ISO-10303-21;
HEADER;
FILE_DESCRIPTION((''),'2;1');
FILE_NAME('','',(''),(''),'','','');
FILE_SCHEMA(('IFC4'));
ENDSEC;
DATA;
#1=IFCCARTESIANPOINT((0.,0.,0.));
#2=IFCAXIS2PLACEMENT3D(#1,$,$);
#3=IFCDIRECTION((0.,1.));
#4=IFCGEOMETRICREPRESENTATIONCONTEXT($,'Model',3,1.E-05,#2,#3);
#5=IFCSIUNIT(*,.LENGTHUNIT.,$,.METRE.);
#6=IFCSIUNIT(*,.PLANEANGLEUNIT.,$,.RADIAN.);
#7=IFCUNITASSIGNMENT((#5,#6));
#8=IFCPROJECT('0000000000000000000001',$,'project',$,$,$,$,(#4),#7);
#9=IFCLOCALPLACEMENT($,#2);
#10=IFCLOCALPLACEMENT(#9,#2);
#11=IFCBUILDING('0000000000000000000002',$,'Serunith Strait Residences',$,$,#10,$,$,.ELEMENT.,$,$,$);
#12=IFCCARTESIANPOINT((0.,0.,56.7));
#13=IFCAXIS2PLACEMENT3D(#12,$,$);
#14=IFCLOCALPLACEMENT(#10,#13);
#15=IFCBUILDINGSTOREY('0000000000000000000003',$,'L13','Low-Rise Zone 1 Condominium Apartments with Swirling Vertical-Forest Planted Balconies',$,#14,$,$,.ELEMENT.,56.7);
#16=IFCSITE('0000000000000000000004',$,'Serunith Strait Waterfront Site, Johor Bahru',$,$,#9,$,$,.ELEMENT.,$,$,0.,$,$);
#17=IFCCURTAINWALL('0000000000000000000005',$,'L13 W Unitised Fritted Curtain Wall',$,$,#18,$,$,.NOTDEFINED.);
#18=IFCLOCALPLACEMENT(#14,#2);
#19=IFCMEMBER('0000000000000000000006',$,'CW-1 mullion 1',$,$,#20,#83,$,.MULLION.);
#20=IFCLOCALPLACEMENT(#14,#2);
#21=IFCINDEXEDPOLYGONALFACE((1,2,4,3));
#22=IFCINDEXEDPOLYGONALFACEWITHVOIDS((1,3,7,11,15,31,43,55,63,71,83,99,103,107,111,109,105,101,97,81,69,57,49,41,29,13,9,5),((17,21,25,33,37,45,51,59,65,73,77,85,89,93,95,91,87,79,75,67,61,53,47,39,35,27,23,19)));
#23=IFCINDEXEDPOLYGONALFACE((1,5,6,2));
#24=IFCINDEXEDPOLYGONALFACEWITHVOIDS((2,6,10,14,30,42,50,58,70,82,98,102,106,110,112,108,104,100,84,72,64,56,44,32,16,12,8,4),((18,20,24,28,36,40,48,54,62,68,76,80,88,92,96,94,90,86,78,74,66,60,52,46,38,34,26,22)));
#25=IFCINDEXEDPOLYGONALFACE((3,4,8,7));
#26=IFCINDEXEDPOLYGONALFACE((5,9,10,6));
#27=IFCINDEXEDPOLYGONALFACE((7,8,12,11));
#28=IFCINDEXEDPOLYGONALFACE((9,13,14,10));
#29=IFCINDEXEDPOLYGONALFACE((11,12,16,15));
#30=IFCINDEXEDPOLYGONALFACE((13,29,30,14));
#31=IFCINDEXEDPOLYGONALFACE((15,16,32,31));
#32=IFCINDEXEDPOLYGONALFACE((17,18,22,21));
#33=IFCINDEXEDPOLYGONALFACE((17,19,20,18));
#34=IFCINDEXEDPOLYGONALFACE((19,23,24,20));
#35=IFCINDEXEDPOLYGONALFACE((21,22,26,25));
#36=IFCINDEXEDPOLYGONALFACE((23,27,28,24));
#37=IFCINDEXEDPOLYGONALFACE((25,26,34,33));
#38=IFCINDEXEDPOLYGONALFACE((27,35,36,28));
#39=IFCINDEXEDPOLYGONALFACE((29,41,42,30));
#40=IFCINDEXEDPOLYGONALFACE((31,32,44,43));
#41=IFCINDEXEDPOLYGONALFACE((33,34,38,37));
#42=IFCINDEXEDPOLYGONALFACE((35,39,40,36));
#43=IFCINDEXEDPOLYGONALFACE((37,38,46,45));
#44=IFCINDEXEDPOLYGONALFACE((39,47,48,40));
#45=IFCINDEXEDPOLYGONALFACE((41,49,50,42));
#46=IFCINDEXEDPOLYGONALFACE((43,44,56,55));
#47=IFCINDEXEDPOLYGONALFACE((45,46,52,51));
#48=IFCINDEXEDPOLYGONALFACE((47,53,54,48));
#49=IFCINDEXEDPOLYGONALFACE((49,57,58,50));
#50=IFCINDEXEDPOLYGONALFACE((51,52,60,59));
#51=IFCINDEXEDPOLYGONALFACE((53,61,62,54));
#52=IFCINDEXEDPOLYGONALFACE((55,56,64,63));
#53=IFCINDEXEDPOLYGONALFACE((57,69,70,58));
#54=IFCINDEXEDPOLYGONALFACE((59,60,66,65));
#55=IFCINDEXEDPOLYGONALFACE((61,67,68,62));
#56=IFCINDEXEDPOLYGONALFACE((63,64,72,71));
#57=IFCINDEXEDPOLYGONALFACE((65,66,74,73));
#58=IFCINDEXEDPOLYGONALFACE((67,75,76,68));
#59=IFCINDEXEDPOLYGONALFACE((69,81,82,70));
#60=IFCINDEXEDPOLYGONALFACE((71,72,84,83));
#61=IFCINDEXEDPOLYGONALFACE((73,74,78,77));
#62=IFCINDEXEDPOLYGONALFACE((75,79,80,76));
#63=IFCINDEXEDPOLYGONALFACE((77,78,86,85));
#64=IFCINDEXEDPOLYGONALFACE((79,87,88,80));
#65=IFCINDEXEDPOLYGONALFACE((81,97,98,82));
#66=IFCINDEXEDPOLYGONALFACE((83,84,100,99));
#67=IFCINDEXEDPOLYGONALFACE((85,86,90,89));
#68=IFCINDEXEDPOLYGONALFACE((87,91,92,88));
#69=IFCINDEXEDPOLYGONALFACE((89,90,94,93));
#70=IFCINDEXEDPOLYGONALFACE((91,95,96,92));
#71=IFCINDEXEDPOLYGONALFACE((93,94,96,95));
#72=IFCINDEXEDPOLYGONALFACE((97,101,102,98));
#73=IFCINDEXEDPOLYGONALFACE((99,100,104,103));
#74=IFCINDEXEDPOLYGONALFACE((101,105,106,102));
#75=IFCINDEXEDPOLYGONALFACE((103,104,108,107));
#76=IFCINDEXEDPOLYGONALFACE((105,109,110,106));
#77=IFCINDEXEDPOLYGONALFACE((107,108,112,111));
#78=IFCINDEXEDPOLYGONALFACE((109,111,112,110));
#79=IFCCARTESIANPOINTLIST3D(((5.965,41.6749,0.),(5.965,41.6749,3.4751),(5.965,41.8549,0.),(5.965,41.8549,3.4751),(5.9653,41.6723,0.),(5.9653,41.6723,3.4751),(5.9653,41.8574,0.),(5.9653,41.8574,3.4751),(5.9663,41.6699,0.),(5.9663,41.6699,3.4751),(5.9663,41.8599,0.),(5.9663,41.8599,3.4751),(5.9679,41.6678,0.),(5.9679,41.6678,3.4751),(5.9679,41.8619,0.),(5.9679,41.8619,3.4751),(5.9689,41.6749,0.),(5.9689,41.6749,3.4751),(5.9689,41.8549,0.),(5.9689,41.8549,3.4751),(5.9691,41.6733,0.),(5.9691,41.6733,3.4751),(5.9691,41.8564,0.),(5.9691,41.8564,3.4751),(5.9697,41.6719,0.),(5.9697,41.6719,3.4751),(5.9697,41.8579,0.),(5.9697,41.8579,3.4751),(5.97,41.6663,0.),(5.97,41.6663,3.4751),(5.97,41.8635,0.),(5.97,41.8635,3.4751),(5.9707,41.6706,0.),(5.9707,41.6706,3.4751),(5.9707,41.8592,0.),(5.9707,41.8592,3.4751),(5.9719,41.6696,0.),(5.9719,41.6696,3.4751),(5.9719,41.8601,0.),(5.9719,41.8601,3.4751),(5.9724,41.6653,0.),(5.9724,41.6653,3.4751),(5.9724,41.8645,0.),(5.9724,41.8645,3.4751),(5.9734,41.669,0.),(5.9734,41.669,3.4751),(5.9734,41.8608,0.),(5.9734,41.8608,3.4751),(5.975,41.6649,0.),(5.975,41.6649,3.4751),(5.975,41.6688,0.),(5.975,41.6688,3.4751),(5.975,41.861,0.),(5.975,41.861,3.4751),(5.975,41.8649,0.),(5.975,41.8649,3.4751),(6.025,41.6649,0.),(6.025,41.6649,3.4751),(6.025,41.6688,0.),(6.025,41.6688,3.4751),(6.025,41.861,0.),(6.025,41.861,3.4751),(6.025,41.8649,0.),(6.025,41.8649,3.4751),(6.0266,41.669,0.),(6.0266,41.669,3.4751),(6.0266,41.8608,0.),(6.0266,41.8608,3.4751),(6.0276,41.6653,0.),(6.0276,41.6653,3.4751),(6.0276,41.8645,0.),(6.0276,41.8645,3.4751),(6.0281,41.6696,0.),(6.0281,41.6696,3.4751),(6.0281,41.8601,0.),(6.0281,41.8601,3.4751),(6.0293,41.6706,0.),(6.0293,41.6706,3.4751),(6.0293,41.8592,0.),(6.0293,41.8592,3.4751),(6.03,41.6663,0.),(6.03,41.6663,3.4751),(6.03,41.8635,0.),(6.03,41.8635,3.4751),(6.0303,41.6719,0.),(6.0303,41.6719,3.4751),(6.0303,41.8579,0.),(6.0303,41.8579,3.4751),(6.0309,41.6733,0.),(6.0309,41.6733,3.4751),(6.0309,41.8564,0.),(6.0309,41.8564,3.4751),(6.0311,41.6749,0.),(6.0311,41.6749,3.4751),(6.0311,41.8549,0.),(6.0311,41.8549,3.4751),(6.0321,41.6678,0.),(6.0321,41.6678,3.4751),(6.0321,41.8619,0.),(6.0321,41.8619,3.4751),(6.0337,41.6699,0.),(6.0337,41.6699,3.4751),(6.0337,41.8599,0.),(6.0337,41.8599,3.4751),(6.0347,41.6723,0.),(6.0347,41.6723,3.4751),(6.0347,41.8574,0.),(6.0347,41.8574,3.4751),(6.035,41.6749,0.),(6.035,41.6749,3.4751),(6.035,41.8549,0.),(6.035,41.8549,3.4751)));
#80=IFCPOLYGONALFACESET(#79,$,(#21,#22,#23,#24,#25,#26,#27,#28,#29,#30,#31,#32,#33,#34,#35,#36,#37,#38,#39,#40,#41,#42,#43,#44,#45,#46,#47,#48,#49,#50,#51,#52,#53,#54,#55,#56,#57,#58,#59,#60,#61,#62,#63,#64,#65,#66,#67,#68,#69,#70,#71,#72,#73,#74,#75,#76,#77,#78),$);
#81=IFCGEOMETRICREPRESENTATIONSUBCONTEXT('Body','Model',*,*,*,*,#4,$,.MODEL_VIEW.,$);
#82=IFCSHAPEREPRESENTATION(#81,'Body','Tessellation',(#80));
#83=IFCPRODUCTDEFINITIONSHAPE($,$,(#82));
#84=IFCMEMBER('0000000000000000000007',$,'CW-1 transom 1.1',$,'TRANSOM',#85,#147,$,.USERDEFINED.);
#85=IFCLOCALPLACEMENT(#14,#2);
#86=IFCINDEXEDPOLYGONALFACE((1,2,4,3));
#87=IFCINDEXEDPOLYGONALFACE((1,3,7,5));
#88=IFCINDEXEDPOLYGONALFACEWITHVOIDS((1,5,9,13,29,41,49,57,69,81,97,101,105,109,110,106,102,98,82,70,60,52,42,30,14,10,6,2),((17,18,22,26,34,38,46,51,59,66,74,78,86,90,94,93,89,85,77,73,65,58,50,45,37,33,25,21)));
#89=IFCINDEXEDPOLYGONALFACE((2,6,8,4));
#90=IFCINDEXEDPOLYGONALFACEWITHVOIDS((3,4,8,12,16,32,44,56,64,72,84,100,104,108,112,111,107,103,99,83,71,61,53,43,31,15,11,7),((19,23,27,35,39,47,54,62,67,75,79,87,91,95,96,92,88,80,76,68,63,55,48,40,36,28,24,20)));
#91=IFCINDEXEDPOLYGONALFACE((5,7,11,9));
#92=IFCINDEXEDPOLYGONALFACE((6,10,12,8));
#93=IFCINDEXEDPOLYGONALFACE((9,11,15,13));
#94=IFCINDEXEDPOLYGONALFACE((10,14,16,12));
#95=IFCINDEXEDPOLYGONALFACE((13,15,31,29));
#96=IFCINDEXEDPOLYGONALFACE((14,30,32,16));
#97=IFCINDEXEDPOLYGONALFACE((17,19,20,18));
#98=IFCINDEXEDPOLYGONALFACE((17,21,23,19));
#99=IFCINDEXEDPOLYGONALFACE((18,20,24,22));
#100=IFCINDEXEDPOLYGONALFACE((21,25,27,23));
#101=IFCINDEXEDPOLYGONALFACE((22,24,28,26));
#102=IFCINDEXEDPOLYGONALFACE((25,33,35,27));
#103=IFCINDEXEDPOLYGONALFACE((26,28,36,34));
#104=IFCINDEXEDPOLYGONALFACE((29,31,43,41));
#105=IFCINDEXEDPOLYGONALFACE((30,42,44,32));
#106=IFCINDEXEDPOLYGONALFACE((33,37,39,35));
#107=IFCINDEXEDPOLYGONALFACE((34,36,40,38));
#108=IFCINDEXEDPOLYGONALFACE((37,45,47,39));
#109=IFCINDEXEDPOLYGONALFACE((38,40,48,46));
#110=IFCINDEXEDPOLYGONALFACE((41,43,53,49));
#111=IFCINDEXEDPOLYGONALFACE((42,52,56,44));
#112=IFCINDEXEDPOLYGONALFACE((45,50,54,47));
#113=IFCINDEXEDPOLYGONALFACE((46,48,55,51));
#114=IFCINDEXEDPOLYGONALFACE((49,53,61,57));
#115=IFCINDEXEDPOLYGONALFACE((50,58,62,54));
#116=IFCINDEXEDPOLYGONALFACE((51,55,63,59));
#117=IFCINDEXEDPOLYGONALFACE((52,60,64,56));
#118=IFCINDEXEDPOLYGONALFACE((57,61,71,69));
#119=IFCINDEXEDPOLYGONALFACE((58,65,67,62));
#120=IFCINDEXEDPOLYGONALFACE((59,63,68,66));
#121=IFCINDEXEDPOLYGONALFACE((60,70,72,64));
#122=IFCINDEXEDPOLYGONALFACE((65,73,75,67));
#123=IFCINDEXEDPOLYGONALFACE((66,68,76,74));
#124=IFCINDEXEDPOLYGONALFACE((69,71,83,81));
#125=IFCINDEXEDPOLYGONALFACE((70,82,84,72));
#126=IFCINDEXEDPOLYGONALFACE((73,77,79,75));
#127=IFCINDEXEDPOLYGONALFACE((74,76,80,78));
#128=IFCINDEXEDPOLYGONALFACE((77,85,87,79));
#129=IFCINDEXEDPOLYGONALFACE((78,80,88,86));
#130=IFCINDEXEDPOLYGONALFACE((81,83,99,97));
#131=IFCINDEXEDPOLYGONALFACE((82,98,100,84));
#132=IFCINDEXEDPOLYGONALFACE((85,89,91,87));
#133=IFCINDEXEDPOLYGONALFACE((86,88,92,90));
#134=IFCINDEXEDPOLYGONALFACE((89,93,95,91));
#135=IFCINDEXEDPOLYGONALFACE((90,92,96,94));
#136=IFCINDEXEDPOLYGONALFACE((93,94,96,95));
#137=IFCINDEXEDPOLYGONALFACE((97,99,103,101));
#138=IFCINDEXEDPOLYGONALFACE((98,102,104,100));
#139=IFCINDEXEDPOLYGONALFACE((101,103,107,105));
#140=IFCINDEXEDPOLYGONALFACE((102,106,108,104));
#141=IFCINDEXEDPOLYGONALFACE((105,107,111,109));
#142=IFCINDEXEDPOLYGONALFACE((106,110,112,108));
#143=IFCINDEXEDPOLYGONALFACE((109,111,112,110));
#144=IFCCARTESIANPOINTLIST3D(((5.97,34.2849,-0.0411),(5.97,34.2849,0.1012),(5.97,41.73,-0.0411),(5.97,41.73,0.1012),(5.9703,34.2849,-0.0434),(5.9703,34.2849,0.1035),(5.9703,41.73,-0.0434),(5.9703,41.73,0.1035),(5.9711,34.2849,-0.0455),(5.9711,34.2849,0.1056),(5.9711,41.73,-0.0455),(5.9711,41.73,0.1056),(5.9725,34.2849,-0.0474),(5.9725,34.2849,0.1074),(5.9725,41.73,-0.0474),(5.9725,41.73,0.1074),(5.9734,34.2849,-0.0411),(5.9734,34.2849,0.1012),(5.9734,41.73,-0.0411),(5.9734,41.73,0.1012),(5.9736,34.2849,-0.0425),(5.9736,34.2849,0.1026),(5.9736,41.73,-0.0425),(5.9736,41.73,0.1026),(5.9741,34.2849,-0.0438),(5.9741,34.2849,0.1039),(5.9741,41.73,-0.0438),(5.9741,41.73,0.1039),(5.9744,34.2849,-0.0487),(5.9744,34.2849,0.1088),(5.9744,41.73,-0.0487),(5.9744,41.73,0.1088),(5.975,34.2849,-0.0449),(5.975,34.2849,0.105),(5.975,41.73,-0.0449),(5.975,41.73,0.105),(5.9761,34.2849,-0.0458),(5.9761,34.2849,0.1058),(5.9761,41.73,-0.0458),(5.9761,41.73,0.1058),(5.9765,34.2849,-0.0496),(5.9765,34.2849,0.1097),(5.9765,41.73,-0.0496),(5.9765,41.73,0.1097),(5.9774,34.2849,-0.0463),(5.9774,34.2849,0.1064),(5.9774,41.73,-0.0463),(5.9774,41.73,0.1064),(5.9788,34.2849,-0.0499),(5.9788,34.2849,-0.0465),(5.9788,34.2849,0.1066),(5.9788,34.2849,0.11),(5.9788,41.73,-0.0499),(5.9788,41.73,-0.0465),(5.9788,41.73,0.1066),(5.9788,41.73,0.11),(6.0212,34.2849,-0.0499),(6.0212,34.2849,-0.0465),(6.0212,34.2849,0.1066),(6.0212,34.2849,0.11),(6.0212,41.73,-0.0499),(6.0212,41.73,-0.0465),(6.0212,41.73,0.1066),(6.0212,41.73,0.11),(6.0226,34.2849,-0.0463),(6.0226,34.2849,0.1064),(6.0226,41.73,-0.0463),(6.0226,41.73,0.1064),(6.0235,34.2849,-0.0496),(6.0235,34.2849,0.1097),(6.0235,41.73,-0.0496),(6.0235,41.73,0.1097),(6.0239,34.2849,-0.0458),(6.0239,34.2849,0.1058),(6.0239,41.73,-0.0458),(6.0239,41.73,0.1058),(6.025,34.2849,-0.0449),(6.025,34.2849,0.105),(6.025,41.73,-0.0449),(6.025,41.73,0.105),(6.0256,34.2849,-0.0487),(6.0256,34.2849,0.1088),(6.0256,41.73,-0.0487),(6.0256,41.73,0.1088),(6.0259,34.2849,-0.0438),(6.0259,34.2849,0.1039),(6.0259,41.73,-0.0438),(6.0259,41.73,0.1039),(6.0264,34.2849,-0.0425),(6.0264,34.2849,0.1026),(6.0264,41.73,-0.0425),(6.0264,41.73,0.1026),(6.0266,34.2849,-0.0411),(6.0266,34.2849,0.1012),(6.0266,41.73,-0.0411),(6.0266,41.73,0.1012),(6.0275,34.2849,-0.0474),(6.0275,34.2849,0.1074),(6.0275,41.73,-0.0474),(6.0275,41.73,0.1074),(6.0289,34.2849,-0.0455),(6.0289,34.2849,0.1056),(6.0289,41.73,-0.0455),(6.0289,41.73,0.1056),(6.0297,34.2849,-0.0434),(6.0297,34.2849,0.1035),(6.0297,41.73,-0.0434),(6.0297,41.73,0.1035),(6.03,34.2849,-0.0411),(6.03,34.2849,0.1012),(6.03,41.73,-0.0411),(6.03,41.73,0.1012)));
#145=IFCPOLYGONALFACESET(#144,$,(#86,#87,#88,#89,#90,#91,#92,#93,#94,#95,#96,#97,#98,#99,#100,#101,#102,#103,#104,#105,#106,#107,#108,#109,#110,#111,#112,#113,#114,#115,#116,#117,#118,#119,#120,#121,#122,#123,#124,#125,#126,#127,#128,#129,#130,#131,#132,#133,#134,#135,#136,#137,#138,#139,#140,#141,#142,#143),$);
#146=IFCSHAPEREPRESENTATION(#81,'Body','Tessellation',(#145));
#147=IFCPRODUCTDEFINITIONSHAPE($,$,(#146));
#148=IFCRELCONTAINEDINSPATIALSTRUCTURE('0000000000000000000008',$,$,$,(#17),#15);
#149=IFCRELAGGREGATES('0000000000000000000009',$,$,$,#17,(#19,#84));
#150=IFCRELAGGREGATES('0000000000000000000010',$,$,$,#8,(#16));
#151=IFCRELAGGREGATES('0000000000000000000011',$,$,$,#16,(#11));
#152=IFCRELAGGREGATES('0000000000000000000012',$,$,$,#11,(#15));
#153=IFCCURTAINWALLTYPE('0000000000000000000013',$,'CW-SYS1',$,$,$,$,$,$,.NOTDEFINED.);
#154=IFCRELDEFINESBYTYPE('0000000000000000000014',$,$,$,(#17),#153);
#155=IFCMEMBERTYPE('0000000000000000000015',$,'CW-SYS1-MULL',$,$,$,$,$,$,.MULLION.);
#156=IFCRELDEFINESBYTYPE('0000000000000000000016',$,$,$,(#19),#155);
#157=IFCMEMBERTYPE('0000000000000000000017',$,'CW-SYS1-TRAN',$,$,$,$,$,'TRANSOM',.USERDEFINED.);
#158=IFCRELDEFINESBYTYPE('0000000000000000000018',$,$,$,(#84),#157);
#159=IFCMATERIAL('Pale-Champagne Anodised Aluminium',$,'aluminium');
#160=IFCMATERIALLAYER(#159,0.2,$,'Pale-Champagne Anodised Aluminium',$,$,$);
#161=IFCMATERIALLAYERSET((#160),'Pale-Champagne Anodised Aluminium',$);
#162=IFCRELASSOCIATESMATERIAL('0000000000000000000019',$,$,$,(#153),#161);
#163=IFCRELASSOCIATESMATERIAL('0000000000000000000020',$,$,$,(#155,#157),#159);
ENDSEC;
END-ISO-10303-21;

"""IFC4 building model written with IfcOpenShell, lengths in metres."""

from ifc_helpers import new_model, si_unit, direction, frame, origin, origin_2d, place, context, subcontext, project, spatial, hollow_rectangle, extrude, source, transform, mapped, material, layer, layer_set, material_profile, profile_set, type_object, element, aggregate, save


model = new_model("IFC4")

# Units and contexts
model_context = context("Model", 3, precision=1e-05, world=origin(), true_north=direction((0.0, 1.0)))
body_context = subcontext(model_context, "Body", "Model", "MODEL_VIEW")
ifc_project = project(units=[si_unit("LENGTHUNIT", "METRE"), si_unit("PLANEANGLEUNIT", "RADIAN")], contexts=[model_context])

# Site, building, storey
site_placement = place(None, origin())
site = spatial("IfcSite", under=ifc_project, at=site_placement, Name="Serunith Strait Waterfront Site, Johor Bahru", CompositionType="ELEMENT", RefElevation=0.0)
building_placement = place(site_placement, origin())
building = spatial("IfcBuilding", under=site, at=building_placement, Name="Serunith Strait Residences", CompositionType="ELEMENT")
storey_placement = place(building_placement, frame((0.0, 0.0, 56.7)))
storey = spatial("IfcBuildingStorey", under=building, at=storey_placement, Name="L13", Description="Low-Rise Zone 1 Condominium Apartments with Swirling Vertical-Forest Planted Balconies", CompositionType="ELEMENT", Elevation=56.7)

# Shared definitions
ifc_material_1 = material(Name="Pale-Champagne Anodised Aluminium", Category="aluminium")
ifc_layer_1 = layer(ifc_material_1, 0.2, Name="Pale-Champagne Anodised Aluminium")
ifc_layer_set_1 = layer_set([ifc_layer_1], Name="Pale-Champagne Anodised Aluminium")
curtain_wall_type = type_object("IfcCurtainWallType", Name="CW-SYS1", PredefinedType="NOTDEFINED", material=ifc_layer_set_1)
ifc_material_profile_1 = material_profile(ifc_material_1, hollow_rectangle(XDim=0.0701, YDim=0.2, WallThickness=0.0039, InnerFilletRadius=0.0061, OuterFilletRadius=0.01, at=origin_2d()), Name="ALU 200x70x4")
ifc_profile_set_1 = profile_set([ifc_material_profile_1], Name="Pale-Champagne Anodised Aluminium")
member_type_1 = type_object("IfcMemberType", Name="CW-SYS1-MULL", PredefinedType="MULLION", material=ifc_profile_set_1)
shared_shape_1 = source(origin(), body_context, "Body", "SweptSolid", [
    extrude(hollow_rectangle(XDim=0.0701, YDim=0.2, WallThickness=0.0039, InnerFilletRadius=0.0061, OuterFilletRadius=0.01, at=origin_2d()), origin(), (0.0, 0.0, 1.0), 3.4751),
])

# Curtain wall, members
curtain_wall_1_placement = place(storey_placement, origin())
curtain_wall_1 = element("IfcCurtainWall", 1, at=curtain_wall_1_placement, inside=storey, type_object=curtain_wall_type, Name="L13 W Unitised Fritted Curtain Wall", PredefinedType="NOTDEFINED")
member_1_placement = place(storey_placement, frame((6.0, 41.7649, 0.0), z_axis=(0.0, 0.0, 1.0), x_axis=(1.0, 0.0, 0.0)))
member_1 = element("IfcMember", 2, at=member_1_placement, type_object=member_type_1, Name="CW-1 mullion 1", PredefinedType="MULLION", context=body_context, shape_type="MappedRepresentation", body=[
    mapped(shared_shape_1, transform((0.0, 0.0, 0.0), scale=1.0)),
])
ifc_material_profile_2 = material_profile(ifc_material_1, hollow_rectangle(XDim=0.0601, YDim=0.1599, WallThickness=0.0034, InnerFilletRadius=0.0054, OuterFilletRadius=0.0088, at=origin_2d()), Name="ALU 160x60x3.5")
ifc_profile_set_2 = profile_set([ifc_material_profile_2], Name="Pale-Champagne Anodised Aluminium")
member_type_2 = type_object("IfcMemberType", Name="CW-SYS1-TRAN", ElementType="TRANSOM", PredefinedType="USERDEFINED", material=ifc_profile_set_2)
shared_shape_2 = source(origin(), body_context, "Body", "SweptSolid", [
    extrude(hollow_rectangle(XDim=0.0601, YDim=0.1599, WallThickness=0.0034, InnerFilletRadius=0.0054, OuterFilletRadius=0.0088, at=origin_2d()), origin(), (0.0, 0.0, 1.0), 7.4451),
])
member_2_placement = place(storey_placement, frame((6.0, 41.73, 0.03), z_axis=(0.0, -1.0, 0.0), x_axis=(1.0, 0.0, 0.0)))
member_2 = element("IfcMember", 3, at=member_2_placement, type_object=member_type_2, Name="CW-1 transom 1.1", ObjectType="TRANSOM", PredefinedType="USERDEFINED", context=body_context, shape_type="MappedRepresentation", body=[
    mapped(shared_shape_2, transform((0.0, 0.0, 0.0), scale=1.0)),
])
aggregate(curtain_wall_1, [member_1, member_2])

save(model, "model.ifc")
